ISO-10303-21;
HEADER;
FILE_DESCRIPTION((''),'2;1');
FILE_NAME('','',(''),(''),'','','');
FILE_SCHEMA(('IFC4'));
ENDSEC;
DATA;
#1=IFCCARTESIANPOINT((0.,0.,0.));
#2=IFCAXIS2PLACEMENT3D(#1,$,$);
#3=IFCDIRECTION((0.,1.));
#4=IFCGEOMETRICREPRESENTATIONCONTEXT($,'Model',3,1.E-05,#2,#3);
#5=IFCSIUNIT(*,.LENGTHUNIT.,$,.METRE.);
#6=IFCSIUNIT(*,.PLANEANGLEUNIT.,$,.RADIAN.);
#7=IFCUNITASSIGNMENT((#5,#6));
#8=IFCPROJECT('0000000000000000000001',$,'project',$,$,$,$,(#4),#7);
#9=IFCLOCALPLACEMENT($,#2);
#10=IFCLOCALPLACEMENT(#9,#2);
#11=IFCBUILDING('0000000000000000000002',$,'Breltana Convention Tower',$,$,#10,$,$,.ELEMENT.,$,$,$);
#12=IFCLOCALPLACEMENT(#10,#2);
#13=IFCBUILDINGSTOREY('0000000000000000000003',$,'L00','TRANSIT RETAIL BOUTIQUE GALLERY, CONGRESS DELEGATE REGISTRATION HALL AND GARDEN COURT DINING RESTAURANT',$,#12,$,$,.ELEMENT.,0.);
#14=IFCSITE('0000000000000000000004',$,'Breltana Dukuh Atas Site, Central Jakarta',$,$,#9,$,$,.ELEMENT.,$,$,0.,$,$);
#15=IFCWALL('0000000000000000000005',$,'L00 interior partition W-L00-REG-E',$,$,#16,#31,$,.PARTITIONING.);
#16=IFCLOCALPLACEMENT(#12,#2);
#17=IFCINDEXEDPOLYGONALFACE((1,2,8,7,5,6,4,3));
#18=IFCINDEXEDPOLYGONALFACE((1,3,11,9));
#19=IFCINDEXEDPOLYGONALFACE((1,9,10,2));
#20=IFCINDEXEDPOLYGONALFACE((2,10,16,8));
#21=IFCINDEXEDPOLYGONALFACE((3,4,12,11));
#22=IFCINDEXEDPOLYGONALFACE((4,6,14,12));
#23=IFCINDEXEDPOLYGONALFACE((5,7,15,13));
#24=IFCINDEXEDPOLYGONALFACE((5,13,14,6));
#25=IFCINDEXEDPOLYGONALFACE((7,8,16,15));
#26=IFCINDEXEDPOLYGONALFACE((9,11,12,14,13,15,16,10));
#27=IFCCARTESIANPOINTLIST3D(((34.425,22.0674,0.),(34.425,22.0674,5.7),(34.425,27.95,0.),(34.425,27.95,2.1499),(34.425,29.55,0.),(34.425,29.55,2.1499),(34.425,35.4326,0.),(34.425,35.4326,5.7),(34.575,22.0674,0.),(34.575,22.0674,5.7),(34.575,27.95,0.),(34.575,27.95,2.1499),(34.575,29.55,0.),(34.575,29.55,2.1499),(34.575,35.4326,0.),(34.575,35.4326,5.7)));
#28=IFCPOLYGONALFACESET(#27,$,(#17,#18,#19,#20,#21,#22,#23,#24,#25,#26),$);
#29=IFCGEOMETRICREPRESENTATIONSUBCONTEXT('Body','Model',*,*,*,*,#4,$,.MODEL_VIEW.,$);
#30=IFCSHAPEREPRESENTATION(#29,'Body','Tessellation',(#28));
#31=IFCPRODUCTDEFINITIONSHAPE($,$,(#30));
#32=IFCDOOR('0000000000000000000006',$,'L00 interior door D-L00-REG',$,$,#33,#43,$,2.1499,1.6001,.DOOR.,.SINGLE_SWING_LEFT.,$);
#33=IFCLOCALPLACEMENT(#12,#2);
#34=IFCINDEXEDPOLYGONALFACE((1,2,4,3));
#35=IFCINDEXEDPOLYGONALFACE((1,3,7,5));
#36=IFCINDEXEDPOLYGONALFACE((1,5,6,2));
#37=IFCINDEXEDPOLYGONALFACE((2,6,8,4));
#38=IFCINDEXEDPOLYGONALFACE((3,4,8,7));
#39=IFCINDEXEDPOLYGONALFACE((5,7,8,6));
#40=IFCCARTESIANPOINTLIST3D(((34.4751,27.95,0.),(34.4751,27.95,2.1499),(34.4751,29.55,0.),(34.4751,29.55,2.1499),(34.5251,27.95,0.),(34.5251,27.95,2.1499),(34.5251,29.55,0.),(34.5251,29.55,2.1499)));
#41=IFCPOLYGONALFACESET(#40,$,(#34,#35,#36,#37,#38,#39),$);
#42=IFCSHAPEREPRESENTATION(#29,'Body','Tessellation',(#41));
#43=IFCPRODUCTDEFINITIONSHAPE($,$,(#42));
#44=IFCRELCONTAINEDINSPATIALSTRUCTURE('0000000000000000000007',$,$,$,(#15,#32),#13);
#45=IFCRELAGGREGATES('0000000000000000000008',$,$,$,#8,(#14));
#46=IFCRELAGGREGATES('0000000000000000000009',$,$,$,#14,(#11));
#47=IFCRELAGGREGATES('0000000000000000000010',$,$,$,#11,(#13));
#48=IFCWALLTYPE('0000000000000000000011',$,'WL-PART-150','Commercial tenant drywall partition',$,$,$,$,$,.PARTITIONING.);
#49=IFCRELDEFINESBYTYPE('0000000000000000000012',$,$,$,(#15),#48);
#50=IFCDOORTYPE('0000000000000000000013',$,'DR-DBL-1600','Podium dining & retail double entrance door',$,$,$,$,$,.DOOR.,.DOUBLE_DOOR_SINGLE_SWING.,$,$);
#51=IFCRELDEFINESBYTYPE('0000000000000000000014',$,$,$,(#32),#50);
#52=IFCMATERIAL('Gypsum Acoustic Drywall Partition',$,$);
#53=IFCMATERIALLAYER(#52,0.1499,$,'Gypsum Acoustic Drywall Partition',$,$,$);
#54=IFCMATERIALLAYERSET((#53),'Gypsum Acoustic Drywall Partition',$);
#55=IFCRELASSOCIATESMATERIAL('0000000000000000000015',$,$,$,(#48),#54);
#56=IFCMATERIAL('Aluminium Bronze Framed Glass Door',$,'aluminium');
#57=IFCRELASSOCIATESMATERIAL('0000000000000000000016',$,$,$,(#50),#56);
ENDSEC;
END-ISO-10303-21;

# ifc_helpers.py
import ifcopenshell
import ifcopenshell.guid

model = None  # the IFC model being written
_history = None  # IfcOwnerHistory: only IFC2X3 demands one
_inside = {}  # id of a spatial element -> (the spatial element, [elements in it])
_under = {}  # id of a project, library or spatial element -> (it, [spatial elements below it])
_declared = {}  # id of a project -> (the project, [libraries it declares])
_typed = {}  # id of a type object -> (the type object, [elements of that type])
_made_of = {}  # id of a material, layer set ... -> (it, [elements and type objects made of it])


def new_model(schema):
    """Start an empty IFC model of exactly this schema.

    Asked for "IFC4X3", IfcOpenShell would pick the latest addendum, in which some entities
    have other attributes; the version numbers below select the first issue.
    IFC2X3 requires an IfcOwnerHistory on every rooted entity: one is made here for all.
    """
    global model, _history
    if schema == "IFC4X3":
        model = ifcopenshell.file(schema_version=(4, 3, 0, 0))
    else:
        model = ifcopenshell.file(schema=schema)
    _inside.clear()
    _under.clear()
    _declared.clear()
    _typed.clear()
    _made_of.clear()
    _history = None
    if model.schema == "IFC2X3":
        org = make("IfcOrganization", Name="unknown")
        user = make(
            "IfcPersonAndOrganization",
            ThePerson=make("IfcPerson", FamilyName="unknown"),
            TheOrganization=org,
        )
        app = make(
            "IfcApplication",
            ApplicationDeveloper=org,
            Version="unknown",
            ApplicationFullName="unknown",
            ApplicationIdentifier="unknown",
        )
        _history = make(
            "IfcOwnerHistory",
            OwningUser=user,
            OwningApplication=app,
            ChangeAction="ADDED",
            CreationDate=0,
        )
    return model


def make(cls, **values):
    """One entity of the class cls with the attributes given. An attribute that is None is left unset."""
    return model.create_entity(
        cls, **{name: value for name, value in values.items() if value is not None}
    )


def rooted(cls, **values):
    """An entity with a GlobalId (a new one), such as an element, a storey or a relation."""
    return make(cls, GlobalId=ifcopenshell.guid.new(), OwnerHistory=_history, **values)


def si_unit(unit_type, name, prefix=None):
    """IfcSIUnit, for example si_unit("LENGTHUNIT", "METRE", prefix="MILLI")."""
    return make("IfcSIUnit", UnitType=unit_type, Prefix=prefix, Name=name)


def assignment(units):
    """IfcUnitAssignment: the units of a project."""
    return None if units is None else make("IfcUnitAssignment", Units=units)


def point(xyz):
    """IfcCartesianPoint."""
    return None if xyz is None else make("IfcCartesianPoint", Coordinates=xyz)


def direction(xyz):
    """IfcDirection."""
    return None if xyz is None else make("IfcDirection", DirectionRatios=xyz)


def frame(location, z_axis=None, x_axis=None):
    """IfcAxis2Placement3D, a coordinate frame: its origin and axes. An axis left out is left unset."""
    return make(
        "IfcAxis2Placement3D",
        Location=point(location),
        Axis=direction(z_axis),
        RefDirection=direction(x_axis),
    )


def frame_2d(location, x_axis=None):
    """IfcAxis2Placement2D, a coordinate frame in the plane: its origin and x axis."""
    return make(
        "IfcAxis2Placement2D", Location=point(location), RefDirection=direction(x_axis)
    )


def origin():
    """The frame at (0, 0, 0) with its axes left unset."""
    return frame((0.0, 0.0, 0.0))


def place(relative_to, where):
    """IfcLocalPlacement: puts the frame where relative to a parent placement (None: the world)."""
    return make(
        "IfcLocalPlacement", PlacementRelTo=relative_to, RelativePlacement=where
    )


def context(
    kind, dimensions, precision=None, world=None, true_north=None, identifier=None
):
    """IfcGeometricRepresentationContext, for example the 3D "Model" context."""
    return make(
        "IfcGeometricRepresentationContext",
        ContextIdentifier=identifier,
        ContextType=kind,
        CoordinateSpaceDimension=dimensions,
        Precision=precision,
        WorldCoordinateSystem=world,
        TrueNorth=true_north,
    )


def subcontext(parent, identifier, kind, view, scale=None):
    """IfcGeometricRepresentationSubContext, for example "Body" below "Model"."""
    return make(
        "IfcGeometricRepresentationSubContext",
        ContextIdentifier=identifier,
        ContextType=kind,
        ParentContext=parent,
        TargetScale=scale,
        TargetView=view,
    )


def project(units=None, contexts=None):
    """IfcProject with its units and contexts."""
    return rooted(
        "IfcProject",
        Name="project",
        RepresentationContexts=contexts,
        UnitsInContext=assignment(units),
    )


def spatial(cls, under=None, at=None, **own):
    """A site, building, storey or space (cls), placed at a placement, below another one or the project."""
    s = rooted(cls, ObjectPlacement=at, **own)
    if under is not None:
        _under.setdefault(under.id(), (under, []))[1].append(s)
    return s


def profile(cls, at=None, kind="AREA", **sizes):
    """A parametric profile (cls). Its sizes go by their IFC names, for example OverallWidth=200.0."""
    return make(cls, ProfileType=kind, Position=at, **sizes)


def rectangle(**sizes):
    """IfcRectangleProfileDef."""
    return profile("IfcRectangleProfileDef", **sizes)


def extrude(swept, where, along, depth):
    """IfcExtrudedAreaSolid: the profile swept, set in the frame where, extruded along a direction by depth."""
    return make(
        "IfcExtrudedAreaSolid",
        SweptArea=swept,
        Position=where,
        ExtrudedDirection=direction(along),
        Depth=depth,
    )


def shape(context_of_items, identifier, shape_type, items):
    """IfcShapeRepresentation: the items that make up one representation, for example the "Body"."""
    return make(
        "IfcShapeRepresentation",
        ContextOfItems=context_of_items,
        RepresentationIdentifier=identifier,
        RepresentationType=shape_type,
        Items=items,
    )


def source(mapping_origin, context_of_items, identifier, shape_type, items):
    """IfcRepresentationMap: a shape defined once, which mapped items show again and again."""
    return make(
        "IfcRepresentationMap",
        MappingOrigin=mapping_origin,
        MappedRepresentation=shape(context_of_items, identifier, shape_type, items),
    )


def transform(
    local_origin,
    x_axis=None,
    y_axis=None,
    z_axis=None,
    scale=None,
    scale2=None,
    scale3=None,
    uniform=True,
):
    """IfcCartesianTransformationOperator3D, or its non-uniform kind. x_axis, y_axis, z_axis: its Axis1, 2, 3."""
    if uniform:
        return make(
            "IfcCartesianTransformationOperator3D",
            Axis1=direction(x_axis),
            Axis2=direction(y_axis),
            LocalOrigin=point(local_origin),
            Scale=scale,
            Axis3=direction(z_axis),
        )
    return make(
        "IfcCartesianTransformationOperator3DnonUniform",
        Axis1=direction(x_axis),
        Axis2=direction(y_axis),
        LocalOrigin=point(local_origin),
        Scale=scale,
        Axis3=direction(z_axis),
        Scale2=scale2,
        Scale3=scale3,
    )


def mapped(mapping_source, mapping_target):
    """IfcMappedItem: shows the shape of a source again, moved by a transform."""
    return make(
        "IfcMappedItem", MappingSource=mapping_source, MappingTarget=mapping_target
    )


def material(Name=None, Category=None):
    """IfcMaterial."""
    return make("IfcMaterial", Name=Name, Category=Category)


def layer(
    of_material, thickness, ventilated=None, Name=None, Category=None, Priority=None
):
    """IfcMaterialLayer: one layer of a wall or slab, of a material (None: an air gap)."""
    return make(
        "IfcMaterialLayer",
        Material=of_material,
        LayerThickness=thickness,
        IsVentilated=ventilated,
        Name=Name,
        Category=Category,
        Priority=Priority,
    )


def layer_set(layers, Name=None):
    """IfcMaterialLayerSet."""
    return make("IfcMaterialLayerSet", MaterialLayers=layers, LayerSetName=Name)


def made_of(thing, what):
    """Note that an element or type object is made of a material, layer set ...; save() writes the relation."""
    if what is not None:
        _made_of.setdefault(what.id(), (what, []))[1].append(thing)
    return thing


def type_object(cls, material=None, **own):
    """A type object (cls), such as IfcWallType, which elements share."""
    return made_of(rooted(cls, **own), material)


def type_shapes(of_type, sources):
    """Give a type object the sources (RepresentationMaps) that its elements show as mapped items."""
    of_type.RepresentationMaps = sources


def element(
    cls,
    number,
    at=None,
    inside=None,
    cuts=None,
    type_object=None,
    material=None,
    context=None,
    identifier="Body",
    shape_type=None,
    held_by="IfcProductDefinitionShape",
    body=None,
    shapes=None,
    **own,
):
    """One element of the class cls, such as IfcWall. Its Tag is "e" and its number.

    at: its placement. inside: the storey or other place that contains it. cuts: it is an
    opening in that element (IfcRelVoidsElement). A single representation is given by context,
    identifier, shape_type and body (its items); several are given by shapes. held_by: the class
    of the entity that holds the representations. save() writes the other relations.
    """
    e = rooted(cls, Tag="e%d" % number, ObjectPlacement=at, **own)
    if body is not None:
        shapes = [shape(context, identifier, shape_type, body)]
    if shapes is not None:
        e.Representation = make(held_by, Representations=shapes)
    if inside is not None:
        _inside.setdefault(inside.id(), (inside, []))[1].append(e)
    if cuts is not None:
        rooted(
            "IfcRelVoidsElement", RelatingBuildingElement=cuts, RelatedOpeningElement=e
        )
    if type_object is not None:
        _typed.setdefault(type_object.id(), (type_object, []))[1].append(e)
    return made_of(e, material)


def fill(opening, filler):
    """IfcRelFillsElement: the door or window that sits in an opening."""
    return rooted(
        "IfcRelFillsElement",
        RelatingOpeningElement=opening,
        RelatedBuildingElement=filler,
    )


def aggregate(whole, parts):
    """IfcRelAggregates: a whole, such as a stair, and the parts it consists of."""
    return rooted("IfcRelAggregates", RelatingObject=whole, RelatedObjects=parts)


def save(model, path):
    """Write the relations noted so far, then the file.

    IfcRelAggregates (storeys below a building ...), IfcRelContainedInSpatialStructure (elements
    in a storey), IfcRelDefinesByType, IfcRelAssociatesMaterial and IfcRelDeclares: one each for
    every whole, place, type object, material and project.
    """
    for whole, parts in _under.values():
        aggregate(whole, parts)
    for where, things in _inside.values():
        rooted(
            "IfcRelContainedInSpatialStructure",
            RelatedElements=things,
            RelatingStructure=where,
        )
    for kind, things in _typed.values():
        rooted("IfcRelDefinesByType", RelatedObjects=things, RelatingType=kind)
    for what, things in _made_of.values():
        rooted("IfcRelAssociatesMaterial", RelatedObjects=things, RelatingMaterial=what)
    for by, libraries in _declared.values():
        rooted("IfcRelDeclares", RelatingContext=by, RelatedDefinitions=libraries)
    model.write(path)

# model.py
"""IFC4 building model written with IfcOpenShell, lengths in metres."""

from ifc_helpers import new_model, si_unit, direction, frame, frame_2d, origin, place, context, subcontext, project, spatial, rectangle, extrude, source, transform, mapped, material, layer, layer_set, type_object, type_shapes, element, fill, save


model = new_model("IFC4")

# Units and contexts
model_context = context("Model", 3, precision=1e-05, world=origin(), true_north=direction((0.0, 1.0)))
body_context = subcontext(model_context, "Body", "Model", "MODEL_VIEW")
ifc_project = project(units=[si_unit("LENGTHUNIT", "METRE"), si_unit("PLANEANGLEUNIT", "RADIAN")], contexts=[model_context])

# Site, building, storey
site_placement = place(None, origin())
site = spatial("IfcSite", under=ifc_project, at=site_placement, Name="Breltana Dukuh Atas Site, Central Jakarta", CompositionType="ELEMENT", RefElevation=0.0)
building_placement = place(site_placement, origin())
building = spatial("IfcBuilding", under=site, at=building_placement, Name="Breltana Convention Tower", CompositionType="ELEMENT")
storey_placement = place(building_placement, origin())
storey = spatial("IfcBuildingStorey", under=building, at=storey_placement, Name="L00", Description="TRANSIT RETAIL BOUTIQUE GALLERY, CONGRESS DELEGATE REGISTRATION HALL AND GARDEN COURT DINING RESTAURANT", CompositionType="ELEMENT", Elevation=0.0)

# Wall, opening, door
ifc_material_1 = material(Name="Gypsum Acoustic Drywall Partition")
ifc_layer_1 = layer(ifc_material_1, 0.1499, Name="Gypsum Acoustic Drywall Partition")
ifc_layer_set_1 = layer_set([ifc_layer_1], Name="Gypsum Acoustic Drywall Partition")
wall_type_1 = type_object("IfcWallType", Name="WL-PART-150", Description="Commercial tenant drywall partition", PredefinedType="PARTITIONING", material=ifc_layer_set_1)
shared_shape_1 = source(origin(), body_context, "Body", "SweptSolid", [
    extrude(rectangle(XDim=13.3652, YDim=0.1499, at=frame_2d((6.6826, 0.0))), origin(), (0.0, 0.0, 1.0), 5.7),
])
wall_1_placement = place(storey_placement, frame((34.5, 22.0674, 0.0), z_axis=(0.0, 0.0, 1.0), x_axis=(0.0, 1.0, 0.0)))
wall_1 = element("IfcWall", 1, at=wall_1_placement, inside=storey, type_object=wall_type_1, Name="L00 interior partition W-L00-REG-E", PredefinedType="PARTITIONING", context=body_context, shape_type="MappedRepresentation", body=[
    mapped(shared_shape_1, transform((0.0, 0.0, 0.0), scale=1.0)),
])
opening_1_placement = place(wall_1_placement, frame((5.8826, 0.0, 0.0)))
opening_1 = element("IfcOpeningElement", 2, at=opening_1_placement, cuts=wall_1, PredefinedType="OPENING", context=body_context, shape_type="SweptSolid", body=[
    extrude(rectangle(XDim=1.6001, YDim=2.1499, at=frame_2d((0.8, 1.075))), frame((0.0, 0.085, 0.0), z_axis=(0.0, -1.0, 0.0), x_axis=(1.0, 0.0, 0.0)), (0.0, 0.0, 1.0), 0.1699),
])
ifc_material_2 = material(Name="Aluminium Bronze Framed Glass Door", Category="aluminium")
door_type_1 = type_object("IfcDoorType", Name="DR-DBL-1600", Description="Podium dining & retail double entrance door", OperationType="DOUBLE_DOOR_SINGLE_SWING", PredefinedType="DOOR", material=ifc_material_2)
shared_shape_2 = source(origin(), body_context, "Body", "SweptSolid", [
    extrude(rectangle(XDim=1.6001, YDim=2.1499, at=frame_2d((0.8, 1.075))), frame((0.0, 0.0249, 0.0), z_axis=(0.0, -1.0, 0.0), x_axis=(1.0, 0.0, 0.0)), (0.0, 0.0, 1.0), 0.05),
])
type_shapes(door_type_1, [shared_shape_2])
door_1_placement = place(opening_1_placement, origin())
door_1 = element("IfcDoor", 3, at=door_1_placement, inside=storey, type_object=door_type_1, Name="L00 interior door D-L00-REG", OperationType="SINGLE_SWING_LEFT", OverallHeight=2.1499, OverallWidth=1.6001, PredefinedType="DOOR", context=body_context, shape_type="MappedRepresentation", body=[
    mapped(shared_shape_2, transform((0.0, 0.0, 0.0), scale=1.0)),
])
fill(opening_1, door_1)

save(model, "model.ifc")
